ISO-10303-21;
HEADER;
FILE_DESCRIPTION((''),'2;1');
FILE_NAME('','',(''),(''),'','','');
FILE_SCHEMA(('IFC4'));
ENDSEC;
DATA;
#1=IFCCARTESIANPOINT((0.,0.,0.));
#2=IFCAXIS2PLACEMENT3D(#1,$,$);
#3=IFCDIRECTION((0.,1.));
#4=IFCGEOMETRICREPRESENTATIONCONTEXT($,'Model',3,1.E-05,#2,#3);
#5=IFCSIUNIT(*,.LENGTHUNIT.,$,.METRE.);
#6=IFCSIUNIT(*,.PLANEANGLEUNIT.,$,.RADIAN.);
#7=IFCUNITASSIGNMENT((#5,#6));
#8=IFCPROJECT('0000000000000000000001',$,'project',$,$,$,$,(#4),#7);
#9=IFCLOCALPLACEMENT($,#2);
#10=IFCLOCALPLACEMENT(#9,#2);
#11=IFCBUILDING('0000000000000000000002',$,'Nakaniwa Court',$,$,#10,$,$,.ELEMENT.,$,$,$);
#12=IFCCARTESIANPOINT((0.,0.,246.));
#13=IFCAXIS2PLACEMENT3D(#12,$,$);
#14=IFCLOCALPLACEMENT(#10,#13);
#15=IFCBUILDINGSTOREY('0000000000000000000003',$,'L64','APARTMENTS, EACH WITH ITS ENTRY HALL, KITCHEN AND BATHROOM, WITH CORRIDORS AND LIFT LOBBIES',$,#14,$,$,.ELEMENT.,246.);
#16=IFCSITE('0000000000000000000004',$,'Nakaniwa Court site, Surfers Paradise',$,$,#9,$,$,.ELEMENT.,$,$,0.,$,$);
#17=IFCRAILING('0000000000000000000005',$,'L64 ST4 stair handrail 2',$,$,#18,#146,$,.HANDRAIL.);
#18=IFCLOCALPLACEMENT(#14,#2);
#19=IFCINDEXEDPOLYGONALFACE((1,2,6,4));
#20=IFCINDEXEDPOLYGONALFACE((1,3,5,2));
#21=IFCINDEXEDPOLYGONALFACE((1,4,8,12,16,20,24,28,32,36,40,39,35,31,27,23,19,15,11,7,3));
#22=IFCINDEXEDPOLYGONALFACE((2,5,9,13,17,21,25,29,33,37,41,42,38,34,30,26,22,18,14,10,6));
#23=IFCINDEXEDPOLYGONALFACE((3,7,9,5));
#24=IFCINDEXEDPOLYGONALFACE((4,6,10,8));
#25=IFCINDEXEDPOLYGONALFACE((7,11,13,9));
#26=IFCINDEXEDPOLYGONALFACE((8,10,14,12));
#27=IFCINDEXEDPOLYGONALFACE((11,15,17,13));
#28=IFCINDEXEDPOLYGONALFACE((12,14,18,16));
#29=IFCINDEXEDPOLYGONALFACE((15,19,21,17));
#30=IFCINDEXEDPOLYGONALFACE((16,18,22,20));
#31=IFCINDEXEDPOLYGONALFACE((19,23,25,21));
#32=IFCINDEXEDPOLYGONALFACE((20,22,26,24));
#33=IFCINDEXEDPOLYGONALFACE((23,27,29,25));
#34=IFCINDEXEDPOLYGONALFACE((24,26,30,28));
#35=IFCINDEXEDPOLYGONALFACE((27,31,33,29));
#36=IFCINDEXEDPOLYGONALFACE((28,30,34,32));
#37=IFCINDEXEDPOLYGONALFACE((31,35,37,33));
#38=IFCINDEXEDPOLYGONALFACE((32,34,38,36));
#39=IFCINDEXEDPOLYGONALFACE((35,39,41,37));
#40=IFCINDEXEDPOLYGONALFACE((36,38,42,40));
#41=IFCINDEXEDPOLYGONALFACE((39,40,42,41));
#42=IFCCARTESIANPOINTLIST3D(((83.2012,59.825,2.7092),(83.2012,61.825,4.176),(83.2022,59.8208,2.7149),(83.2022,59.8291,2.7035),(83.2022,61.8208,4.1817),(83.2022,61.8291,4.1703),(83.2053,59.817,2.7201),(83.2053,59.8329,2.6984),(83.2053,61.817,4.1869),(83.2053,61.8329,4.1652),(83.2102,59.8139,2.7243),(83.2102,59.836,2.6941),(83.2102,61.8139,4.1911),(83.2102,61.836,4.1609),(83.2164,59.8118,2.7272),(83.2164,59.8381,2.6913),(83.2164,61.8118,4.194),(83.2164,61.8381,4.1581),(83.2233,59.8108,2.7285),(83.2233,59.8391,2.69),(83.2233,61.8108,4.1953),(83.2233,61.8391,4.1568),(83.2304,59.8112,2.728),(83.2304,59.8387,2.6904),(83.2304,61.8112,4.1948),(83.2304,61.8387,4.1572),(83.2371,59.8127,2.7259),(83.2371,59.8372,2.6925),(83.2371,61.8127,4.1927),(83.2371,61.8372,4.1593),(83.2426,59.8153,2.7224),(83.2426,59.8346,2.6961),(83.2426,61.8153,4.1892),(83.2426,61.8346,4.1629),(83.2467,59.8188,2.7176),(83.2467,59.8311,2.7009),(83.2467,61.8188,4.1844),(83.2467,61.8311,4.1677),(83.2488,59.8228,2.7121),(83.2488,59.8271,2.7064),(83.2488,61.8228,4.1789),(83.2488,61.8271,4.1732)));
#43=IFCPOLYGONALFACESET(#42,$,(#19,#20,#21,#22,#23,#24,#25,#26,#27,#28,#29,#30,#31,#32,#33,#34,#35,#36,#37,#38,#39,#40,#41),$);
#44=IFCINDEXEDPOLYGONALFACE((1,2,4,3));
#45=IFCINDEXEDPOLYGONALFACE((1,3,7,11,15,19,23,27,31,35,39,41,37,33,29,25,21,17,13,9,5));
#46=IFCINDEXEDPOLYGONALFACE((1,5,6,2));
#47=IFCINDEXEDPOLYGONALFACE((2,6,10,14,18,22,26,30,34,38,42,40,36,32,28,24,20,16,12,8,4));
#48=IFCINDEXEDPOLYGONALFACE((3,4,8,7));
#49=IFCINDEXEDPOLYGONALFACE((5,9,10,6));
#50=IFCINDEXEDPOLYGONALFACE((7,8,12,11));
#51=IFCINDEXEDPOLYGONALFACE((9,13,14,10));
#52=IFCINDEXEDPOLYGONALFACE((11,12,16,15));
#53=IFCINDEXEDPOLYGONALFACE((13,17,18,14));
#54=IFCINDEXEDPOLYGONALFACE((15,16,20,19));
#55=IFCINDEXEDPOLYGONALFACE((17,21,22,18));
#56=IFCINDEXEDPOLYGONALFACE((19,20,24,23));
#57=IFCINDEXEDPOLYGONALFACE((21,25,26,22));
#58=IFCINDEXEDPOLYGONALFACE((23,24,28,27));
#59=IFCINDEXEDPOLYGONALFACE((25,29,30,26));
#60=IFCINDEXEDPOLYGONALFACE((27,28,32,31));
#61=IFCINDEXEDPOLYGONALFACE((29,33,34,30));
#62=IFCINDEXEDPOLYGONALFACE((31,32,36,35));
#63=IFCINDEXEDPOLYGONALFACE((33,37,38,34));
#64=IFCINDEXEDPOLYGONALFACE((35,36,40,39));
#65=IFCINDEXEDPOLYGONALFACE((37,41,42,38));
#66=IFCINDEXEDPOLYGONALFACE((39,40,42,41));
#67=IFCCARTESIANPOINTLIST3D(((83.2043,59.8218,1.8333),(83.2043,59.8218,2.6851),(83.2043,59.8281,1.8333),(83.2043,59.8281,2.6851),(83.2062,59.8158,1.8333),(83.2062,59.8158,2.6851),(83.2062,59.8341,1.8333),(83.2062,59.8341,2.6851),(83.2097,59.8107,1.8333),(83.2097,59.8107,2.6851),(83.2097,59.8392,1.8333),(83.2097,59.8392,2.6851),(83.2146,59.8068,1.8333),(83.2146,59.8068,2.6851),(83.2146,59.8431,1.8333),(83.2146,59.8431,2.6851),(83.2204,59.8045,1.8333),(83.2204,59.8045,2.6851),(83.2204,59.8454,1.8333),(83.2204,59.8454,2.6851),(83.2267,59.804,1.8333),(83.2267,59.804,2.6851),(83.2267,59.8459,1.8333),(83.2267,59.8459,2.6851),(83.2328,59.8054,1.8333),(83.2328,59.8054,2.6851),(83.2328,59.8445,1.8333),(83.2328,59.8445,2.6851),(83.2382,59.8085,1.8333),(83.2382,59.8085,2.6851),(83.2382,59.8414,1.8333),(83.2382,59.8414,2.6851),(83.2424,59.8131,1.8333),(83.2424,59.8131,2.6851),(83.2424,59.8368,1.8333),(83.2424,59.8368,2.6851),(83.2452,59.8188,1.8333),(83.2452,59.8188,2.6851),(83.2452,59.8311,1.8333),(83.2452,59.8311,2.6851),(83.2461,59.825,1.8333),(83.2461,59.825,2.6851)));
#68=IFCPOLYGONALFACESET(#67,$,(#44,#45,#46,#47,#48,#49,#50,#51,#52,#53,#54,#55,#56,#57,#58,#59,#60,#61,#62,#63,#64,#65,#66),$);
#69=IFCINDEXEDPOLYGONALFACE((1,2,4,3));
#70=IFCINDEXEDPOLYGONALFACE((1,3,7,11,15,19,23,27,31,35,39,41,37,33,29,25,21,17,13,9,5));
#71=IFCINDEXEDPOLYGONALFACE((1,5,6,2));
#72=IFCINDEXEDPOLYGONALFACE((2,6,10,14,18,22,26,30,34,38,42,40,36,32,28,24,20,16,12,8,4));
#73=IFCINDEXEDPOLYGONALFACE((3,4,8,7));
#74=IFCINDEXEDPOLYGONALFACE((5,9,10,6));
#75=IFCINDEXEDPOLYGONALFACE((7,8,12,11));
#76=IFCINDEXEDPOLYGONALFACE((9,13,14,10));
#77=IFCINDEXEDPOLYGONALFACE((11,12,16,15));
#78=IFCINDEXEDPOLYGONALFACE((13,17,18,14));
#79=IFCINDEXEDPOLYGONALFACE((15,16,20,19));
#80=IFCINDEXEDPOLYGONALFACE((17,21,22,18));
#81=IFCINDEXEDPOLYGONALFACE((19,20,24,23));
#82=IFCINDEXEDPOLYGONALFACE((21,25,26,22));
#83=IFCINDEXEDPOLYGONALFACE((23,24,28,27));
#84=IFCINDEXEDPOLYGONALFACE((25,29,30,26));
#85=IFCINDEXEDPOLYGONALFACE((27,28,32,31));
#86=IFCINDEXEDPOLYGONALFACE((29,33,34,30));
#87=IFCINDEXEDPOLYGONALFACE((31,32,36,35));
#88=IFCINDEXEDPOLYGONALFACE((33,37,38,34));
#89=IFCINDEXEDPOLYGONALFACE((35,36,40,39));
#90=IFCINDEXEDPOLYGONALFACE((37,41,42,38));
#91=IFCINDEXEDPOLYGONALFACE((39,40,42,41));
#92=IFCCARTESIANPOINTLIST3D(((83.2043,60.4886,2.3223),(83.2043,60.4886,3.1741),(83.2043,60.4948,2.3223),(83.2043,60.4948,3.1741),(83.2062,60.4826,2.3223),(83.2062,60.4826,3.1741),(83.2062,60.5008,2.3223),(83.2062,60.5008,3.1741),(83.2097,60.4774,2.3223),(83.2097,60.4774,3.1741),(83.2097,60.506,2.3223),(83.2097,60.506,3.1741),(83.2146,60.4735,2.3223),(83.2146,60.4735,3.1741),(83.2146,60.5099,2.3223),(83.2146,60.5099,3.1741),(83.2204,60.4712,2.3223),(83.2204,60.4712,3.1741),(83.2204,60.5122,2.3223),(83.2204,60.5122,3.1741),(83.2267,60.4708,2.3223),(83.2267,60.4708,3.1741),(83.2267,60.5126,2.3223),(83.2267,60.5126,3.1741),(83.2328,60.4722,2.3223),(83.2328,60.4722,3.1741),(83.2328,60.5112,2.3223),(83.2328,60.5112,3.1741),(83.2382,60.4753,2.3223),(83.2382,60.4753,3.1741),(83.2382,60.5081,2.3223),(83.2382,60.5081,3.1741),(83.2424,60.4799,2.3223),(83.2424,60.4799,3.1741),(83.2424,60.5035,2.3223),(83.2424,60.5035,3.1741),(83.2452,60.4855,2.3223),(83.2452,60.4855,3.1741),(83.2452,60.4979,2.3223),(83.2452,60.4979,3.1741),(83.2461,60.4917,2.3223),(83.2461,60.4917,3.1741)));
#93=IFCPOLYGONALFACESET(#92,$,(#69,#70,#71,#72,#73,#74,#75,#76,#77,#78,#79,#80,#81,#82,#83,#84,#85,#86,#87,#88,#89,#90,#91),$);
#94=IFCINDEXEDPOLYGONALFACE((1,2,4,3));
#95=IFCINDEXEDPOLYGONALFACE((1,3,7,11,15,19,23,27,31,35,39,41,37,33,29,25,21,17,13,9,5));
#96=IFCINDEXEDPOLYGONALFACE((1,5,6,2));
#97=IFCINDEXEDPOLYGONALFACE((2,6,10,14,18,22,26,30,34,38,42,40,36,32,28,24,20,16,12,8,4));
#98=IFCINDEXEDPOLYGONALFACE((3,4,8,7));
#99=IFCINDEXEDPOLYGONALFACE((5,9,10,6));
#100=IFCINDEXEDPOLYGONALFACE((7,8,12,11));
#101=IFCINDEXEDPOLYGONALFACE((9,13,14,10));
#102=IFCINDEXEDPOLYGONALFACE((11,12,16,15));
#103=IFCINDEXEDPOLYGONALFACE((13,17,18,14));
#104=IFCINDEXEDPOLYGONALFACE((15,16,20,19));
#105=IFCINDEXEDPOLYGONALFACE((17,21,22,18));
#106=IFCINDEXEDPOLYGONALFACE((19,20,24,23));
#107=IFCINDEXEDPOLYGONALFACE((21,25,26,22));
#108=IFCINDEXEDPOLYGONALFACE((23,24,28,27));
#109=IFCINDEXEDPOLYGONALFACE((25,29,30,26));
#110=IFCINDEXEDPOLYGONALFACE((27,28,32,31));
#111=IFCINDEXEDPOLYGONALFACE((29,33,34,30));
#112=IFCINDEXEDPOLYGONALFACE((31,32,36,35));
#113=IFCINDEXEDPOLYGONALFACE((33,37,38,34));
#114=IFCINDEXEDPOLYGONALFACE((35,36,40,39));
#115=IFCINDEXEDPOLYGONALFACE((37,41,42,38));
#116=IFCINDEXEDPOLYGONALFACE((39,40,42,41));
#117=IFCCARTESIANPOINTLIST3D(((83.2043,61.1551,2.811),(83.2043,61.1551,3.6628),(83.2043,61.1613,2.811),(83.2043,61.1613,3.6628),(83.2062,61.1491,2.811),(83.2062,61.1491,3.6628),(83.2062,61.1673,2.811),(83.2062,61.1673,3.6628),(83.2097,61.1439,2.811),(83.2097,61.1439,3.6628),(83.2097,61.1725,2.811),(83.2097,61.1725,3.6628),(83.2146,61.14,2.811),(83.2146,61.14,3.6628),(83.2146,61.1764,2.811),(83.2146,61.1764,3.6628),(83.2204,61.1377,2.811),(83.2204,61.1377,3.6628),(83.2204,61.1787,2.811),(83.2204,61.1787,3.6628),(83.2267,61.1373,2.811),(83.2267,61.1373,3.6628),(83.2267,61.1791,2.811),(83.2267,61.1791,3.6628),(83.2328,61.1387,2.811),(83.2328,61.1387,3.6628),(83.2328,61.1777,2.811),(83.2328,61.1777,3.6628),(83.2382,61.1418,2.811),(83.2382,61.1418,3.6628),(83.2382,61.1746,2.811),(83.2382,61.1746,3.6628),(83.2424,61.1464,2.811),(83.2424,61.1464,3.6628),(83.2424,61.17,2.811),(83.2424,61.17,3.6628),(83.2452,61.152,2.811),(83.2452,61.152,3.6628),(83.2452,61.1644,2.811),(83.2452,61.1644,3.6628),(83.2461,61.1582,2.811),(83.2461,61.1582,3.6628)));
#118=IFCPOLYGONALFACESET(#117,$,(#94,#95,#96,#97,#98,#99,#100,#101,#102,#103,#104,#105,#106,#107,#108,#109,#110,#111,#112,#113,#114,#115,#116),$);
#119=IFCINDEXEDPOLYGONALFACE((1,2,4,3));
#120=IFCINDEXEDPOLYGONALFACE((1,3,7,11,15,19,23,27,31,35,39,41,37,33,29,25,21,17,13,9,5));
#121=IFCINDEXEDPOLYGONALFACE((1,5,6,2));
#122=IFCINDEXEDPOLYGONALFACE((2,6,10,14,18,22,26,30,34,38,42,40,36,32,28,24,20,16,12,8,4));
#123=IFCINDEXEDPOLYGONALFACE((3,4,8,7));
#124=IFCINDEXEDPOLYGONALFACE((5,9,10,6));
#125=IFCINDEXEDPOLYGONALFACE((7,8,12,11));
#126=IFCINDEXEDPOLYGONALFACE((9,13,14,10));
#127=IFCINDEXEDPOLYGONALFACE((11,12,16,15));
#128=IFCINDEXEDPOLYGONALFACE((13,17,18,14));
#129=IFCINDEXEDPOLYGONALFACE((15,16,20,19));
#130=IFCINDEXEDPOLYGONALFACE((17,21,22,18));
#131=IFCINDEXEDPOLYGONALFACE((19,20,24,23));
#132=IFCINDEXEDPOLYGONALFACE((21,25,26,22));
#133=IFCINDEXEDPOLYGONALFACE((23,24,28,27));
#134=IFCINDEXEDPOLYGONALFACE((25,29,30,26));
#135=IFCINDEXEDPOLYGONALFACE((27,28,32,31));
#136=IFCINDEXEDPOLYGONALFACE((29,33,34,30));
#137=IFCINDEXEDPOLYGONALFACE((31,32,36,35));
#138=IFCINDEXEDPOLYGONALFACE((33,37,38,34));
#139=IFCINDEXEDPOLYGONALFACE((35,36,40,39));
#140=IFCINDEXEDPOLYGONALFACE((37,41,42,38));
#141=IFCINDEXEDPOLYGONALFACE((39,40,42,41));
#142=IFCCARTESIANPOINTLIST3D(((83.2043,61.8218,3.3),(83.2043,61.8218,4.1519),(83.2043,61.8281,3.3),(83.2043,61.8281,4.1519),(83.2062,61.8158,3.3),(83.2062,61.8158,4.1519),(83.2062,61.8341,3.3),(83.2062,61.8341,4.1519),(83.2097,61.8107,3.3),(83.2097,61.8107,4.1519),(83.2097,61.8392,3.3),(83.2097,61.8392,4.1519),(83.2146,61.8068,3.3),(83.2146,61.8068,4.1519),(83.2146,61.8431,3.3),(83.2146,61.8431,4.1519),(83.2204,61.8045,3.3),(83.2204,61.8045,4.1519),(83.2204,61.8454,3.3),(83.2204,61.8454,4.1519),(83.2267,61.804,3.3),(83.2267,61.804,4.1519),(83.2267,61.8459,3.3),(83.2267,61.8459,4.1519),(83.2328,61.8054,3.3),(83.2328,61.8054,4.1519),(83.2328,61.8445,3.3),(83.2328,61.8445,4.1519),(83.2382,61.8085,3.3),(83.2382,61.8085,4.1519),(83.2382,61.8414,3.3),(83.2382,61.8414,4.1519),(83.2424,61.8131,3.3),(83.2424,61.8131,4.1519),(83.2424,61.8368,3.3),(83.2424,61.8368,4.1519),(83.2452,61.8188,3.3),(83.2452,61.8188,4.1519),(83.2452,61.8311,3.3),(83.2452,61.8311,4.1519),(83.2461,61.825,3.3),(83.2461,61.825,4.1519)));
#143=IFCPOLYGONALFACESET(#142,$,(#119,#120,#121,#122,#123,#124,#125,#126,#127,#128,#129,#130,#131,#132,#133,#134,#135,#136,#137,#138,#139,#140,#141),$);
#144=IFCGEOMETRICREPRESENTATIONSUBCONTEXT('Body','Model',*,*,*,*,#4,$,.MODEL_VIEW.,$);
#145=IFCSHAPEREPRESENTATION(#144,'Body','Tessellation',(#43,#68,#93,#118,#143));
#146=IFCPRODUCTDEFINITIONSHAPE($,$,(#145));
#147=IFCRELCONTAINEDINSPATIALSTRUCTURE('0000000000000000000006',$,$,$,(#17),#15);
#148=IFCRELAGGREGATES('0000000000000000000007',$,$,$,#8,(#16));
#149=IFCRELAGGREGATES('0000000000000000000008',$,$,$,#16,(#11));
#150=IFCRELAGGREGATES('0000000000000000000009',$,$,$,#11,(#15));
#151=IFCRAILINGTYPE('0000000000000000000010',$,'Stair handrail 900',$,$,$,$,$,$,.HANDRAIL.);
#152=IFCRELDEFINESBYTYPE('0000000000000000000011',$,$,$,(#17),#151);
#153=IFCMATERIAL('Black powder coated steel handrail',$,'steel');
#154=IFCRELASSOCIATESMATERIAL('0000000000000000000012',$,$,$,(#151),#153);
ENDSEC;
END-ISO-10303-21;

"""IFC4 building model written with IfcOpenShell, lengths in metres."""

from ifc_helpers import new_model, si_unit, direction, frame, origin, origin_2d, place, context, subcontext, project, spatial, circle, extrude, material, type_object, element, save


model = new_model("IFC4")

# Units and contexts
model_context = context("Model", 3, precision=1e-05, world=origin(), true_north=direction((0.0, 1.0)))
body_context = subcontext(model_context, "Body", "Model", "MODEL_VIEW")
ifc_project = project(units=[si_unit("LENGTHUNIT", "METRE"), si_unit("PLANEANGLEUNIT", "RADIAN")], contexts=[model_context])

# Site, building, storey
site_placement = place(None, origin())
site = spatial("IfcSite", under=ifc_project, at=site_placement, Name="Nakaniwa Court site, Surfers Paradise", CompositionType="ELEMENT", RefElevation=0.0)
building_placement = place(site_placement, origin())
building = spatial("IfcBuilding", under=site, at=building_placement, Name="Nakaniwa Court", CompositionType="ELEMENT")
storey_placement = place(building_placement, frame((0.0, 0.0, 246.0)))
storey = spatial("IfcBuildingStorey", under=building, at=storey_placement, Name="L64", Description="APARTMENTS, EACH WITH ITS ENTRY HALL, KITCHEN AND BATHROOM, WITH CORRIDORS AND LIFT LOBBIES", CompositionType="ELEMENT", Elevation=246.0)

# Railing
ifc_material_1 = material(Name="Black powder coated steel handrail", Category="steel")
railing_type_1 = type_object("IfcRailingType", Name="Stair handrail 900", PredefinedType="HANDRAIL", material=ifc_material_1)
railing_1_placement = place(storey_placement, frame((83.2251, 59.825, 1.8333)))
element("IfcRailing", 1, at=railing_1_placement, inside=storey, type_object=railing_type_1, Name="L64 ST4 stair handrail 2", PredefinedType="HANDRAIL", context=body_context, shape_type="SweptSolid", body=[
    extrude(circle(Radius=0.0239, at=origin_2d()), frame((0.0, 0.0, 0.876), z_axis=(0.0, 0.80638, 0.591398), x_axis=(-1.0, 0.0, 0.0)), (0.0, 0.0, 1.0), 2.4802),
    extrude(circle(Radius=0.021, at=origin_2d()), origin(), (0.0, 0.0, 1.0), 0.8518),
    extrude(circle(Radius=0.021, at=origin_2d()), frame((0.0, 0.6667, 0.489)), (0.0, 0.0, 1.0), 0.8518),
    extrude(circle(Radius=0.021, at=origin_2d()), frame((0.0, 1.3333, 0.9778)), (0.0, 0.0, 1.0), 0.8518),
    extrude(circle(Radius=0.021, at=origin_2d()), frame((0.0, 2.0, 1.4668)), (0.0, 0.0, 1.0), 0.8518),
])

save(model, "model.ifc")
